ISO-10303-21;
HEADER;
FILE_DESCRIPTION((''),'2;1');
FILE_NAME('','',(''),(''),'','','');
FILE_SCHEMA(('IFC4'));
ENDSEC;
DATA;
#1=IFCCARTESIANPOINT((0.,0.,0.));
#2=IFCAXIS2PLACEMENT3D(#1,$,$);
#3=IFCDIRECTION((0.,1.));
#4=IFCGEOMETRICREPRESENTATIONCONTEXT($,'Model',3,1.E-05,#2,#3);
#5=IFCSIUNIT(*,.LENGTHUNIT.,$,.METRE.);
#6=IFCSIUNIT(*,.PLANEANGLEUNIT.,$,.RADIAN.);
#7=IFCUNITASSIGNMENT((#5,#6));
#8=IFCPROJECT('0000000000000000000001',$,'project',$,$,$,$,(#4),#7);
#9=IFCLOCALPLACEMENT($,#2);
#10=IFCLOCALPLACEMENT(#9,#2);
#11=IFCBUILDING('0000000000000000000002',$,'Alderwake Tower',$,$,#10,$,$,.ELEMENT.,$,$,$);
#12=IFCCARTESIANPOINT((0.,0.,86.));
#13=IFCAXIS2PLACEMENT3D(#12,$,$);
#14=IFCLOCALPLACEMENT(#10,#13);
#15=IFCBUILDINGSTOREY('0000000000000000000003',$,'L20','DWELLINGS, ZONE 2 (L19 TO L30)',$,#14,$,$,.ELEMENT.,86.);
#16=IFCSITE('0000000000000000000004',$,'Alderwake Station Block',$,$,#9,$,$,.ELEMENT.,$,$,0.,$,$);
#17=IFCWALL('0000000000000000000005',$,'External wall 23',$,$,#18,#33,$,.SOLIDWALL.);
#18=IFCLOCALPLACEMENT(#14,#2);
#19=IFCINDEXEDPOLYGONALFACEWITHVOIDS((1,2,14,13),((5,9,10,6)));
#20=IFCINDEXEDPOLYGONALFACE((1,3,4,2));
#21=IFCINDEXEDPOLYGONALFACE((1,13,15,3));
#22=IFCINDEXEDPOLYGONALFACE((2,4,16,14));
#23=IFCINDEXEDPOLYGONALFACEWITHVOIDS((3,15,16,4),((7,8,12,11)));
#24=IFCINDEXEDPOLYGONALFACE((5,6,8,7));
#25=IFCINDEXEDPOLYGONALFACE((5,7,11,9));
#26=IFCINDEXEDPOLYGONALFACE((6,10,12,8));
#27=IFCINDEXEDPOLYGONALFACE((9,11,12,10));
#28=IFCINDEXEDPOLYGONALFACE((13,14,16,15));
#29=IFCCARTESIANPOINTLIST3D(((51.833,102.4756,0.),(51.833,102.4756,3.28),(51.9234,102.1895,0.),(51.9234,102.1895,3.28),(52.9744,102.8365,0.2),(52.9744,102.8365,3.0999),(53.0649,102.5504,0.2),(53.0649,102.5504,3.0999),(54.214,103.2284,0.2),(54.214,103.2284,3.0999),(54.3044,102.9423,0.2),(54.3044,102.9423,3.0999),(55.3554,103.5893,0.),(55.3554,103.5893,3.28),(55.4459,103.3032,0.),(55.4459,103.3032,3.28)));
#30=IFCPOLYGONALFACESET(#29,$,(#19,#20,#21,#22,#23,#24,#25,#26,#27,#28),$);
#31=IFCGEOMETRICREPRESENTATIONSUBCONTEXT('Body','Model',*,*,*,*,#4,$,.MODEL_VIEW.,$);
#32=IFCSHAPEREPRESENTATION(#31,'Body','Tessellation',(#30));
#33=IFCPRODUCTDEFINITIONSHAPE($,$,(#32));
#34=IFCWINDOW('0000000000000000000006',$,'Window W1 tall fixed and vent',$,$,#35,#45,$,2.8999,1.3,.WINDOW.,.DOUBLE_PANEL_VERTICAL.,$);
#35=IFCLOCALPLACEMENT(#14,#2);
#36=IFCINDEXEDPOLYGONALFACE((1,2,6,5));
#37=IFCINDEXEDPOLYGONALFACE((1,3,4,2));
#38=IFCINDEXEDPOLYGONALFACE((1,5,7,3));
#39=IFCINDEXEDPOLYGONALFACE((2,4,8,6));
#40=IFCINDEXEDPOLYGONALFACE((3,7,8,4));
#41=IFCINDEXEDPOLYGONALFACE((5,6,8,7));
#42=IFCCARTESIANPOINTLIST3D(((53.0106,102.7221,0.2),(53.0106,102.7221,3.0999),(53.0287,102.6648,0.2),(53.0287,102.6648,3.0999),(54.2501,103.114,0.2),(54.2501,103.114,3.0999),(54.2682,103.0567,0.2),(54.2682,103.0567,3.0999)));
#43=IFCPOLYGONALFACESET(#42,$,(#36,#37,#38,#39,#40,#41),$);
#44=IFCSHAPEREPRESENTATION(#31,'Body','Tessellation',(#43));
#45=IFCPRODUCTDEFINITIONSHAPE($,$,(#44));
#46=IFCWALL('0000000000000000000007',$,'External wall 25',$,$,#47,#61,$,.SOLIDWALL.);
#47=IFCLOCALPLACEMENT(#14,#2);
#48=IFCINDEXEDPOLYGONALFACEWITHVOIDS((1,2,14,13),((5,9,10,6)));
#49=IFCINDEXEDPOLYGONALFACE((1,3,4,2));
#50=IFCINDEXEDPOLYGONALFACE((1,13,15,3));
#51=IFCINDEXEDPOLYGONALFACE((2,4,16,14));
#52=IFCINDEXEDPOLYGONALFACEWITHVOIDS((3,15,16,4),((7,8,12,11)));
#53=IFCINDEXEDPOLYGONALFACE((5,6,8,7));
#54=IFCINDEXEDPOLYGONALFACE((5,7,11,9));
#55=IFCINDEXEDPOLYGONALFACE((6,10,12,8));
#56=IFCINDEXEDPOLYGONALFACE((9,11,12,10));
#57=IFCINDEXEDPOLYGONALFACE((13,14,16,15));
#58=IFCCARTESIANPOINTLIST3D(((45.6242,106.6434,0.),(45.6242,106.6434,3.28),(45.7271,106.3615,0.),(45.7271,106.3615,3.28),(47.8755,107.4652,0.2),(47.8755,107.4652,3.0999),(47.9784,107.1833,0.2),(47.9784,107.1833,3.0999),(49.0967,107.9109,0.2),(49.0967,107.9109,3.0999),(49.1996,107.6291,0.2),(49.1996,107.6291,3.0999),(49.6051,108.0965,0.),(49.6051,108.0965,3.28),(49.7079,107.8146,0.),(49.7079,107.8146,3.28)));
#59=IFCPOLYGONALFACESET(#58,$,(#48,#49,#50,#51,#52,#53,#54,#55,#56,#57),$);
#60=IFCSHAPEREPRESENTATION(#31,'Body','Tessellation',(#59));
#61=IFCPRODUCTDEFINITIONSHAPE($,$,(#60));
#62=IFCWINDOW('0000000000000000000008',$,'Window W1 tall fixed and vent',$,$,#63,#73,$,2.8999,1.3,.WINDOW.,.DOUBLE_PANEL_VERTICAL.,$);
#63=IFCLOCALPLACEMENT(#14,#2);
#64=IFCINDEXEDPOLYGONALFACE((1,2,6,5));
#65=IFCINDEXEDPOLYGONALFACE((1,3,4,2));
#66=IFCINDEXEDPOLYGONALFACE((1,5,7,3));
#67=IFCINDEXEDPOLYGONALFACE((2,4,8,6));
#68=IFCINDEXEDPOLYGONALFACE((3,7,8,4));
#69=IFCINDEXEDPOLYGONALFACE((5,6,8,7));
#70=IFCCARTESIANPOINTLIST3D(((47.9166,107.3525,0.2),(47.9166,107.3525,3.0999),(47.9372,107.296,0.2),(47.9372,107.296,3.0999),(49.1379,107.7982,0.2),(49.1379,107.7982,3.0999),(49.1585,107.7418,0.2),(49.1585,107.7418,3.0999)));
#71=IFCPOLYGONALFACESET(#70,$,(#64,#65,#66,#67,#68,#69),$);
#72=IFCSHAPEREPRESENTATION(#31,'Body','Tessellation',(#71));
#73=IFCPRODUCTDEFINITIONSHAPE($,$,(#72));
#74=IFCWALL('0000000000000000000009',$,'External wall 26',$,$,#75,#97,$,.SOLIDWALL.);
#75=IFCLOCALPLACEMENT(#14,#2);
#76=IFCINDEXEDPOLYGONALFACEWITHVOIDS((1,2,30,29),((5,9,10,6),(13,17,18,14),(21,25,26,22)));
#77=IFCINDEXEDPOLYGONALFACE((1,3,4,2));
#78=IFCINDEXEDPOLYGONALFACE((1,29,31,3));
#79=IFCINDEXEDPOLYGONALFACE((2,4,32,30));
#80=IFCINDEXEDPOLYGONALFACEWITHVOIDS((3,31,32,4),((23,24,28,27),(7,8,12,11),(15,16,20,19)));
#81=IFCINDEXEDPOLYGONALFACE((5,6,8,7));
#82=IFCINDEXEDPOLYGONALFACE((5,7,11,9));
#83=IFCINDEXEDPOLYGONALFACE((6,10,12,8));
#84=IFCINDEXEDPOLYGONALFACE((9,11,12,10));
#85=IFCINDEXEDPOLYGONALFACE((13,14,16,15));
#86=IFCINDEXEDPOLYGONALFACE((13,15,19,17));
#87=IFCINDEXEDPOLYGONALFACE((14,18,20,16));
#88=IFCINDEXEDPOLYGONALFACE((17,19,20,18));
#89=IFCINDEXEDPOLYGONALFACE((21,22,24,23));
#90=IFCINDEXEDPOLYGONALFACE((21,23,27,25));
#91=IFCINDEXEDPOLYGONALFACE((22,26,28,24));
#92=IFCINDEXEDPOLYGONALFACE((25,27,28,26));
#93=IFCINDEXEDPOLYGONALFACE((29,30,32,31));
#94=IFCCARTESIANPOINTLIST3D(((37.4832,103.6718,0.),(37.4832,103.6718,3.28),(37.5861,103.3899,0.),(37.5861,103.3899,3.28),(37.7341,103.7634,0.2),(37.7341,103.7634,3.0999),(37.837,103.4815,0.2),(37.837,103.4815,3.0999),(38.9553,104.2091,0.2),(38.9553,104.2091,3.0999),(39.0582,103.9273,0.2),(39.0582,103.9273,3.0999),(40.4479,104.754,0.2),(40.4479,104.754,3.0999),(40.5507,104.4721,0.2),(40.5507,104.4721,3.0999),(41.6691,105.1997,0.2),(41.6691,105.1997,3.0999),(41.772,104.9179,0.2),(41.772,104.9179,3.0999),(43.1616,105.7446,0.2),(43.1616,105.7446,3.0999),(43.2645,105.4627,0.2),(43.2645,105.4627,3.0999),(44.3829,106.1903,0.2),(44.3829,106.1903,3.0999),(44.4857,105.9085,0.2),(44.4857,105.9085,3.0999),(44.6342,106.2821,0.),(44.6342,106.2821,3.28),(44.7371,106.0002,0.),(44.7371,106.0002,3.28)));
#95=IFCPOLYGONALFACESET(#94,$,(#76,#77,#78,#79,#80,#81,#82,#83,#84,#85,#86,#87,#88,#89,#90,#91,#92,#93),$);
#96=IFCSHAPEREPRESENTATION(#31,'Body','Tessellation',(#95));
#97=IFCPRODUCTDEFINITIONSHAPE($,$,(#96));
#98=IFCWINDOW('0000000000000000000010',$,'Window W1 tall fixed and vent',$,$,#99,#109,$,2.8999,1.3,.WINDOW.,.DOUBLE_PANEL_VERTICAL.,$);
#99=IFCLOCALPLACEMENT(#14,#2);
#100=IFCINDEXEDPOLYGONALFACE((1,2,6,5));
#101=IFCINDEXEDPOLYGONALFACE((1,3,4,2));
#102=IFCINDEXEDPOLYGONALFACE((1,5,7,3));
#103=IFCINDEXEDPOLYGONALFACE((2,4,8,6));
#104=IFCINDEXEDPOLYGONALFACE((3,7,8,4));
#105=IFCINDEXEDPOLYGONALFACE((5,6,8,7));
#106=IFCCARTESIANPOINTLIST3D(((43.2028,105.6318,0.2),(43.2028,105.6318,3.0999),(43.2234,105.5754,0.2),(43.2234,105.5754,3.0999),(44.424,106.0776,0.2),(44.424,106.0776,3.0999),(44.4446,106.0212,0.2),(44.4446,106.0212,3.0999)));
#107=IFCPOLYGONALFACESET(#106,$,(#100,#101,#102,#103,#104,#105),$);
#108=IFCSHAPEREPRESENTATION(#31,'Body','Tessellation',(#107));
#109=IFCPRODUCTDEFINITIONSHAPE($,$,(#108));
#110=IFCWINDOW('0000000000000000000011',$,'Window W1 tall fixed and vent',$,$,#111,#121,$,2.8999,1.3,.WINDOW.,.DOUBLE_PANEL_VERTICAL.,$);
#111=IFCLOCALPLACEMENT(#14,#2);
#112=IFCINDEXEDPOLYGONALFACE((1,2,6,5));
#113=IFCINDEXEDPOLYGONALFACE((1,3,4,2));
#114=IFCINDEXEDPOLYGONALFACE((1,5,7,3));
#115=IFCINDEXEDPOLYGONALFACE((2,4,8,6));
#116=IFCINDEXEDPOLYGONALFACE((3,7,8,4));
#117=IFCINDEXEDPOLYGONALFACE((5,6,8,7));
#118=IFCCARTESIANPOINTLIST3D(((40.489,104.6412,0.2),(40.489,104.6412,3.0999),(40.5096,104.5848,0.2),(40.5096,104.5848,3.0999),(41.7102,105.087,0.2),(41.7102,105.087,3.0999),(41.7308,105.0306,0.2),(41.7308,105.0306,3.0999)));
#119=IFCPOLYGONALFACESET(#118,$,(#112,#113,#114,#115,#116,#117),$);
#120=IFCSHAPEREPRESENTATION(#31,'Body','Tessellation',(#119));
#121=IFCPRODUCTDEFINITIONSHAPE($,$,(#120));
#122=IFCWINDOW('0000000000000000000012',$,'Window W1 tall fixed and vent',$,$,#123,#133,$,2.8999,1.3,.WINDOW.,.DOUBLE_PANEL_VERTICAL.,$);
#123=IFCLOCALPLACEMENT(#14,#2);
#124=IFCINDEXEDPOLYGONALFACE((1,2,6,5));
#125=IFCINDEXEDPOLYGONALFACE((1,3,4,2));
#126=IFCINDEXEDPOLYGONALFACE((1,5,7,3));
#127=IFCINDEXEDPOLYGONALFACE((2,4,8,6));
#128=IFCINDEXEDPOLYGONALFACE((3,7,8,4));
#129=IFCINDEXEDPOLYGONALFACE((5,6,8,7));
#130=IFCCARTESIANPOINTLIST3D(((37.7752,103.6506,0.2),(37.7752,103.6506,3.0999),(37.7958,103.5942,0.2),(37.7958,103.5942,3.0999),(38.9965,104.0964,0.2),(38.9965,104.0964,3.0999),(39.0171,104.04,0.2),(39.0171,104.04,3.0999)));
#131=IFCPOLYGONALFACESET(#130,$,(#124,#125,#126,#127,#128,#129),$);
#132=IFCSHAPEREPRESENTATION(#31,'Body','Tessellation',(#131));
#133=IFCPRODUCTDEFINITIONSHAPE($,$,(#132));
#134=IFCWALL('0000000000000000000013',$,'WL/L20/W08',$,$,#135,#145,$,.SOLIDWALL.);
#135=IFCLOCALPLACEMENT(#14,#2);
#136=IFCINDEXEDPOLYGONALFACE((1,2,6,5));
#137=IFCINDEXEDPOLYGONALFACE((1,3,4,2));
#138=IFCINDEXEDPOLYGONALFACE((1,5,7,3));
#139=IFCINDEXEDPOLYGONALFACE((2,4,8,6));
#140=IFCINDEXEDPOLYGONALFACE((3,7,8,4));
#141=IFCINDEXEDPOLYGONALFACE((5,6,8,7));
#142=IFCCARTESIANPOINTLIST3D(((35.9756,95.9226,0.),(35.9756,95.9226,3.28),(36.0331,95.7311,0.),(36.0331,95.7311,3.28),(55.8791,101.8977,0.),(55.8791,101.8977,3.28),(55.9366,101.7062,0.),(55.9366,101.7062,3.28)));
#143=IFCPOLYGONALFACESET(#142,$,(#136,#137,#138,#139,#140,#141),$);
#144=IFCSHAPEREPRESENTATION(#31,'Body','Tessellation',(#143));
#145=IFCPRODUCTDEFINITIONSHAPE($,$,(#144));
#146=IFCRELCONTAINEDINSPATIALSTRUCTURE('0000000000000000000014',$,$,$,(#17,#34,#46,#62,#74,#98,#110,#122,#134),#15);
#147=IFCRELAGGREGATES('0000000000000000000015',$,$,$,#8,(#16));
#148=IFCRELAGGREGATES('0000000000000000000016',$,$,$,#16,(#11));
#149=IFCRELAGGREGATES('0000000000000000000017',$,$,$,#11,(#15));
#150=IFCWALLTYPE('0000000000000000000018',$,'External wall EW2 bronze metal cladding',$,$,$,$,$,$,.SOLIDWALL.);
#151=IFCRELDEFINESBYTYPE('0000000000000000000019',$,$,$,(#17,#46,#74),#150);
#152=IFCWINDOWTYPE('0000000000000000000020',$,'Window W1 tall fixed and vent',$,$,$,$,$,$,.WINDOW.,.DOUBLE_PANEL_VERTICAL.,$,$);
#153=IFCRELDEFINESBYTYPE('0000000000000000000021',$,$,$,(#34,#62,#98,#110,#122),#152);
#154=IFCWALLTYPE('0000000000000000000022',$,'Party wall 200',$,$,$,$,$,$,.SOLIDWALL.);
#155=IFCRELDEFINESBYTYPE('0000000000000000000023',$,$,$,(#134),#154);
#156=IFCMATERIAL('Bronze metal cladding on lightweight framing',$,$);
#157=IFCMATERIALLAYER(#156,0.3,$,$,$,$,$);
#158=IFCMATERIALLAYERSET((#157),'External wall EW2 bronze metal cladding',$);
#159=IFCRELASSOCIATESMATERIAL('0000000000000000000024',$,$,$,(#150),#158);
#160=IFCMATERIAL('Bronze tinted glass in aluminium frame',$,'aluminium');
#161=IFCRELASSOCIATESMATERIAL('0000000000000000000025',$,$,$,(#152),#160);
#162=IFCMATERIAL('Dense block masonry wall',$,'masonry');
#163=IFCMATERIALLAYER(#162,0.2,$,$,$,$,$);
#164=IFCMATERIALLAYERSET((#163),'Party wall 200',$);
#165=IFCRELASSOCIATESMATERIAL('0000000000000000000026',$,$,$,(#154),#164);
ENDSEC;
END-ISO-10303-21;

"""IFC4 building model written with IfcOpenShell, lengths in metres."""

from ifc_helpers import new_model, si_unit, direction, frame, frame_2d, origin, place, context, subcontext, project, spatial, rectangle, extrude, material, layer, layer_set, type_object, element, fill, save


model = new_model("IFC4")

# Units and contexts
model_context = context("Model", 3, precision=1e-05, world=origin(), true_north=direction((0.0, 1.0)))
body_context = subcontext(model_context, "Body", "Model", "MODEL_VIEW")
ifc_project = project(units=[si_unit("LENGTHUNIT", "METRE"), si_unit("PLANEANGLEUNIT", "RADIAN")], contexts=[model_context])

# Site, building, storey
site_placement = place(None, origin())
site = spatial("IfcSite", under=ifc_project, at=site_placement, Name="Alderwake Station Block", CompositionType="ELEMENT", RefElevation=0.0)
building_placement = place(site_placement, origin())
building = spatial("IfcBuilding", under=site, at=building_placement, Name="Alderwake Tower", CompositionType="ELEMENT")
storey_placement = place(building_placement, frame((0.0, 0.0, 86.0)))
storey = spatial("IfcBuildingStorey", under=building, at=storey_placement, Name="L20", Description="DWELLINGS, ZONE 2 (L19 TO L30)", CompositionType="ELEMENT", Elevation=86.0)

# Wall, opening, window
ifc_material_1 = material(Name="Bronze metal cladding on lightweight framing")
ifc_layer_1 = layer(ifc_material_1, 0.3)
ifc_layer_set_1 = layer_set([ifc_layer_1], Name="External wall EW2 bronze metal cladding")
wall_type_1 = type_object("IfcWallType", Name="External wall EW2 bronze metal cladding", PredefinedType="SOLIDWALL", material=ifc_layer_set_1)
wall_1_placement = place(storey_placement, frame((55.4006, 103.4463, 0.0), z_axis=(0.0, 0.0, 1.0), x_axis=(-0.953473, -0.301479, 0.0)))
wall_1 = element("IfcWall", 1, at=wall_1_placement, inside=storey, type_object=wall_type_1, Name="External wall 23", PredefinedType="SOLIDWALL", context=body_context, shape_type="SweptSolid", body=[
    extrude(rectangle(XDim=3.6943, YDim=0.3, at=frame_2d((1.8472, 0.0))), origin(), (0.0, 0.0, 1.0), 3.28),
])
opening_1_placement = place(wall_1_placement, frame((1.1973, 0.0, 0.2)))
opening_1 = element("IfcOpeningElement", 2, at=opening_1_placement, cuts=wall_1, PredefinedType="OPENING", context=body_context, shape_type="SweptSolid", body=[
    extrude(rectangle(XDim=1.3, YDim=2.8999, at=frame_2d((0.6499, 1.45))), frame((0.0, 0.1599, 0.0), z_axis=(0.0, -1.0, 0.0), x_axis=(1.0, 0.0, 0.0)), (0.0, 0.0, 1.0), 0.3201),
])
ifc_material_2 = material(Name="Bronze tinted glass in aluminium frame", Category="aluminium")
window_type = type_object("IfcWindowType", Name="Window W1 tall fixed and vent", PartitioningType="DOUBLE_PANEL_VERTICAL", PredefinedType="WINDOW", material=ifc_material_2)
window_1_placement = place(opening_1_placement, origin())
window_1 = element("IfcWindow", 3, at=window_1_placement, inside=storey, type_object=window_type, Name="Window W1 tall fixed and vent", OverallHeight=2.8999, OverallWidth=1.3, PartitioningType="DOUBLE_PANEL_VERTICAL", PredefinedType="WINDOW", context=body_context, shape_type="SweptSolid", body=[
    extrude(rectangle(XDim=1.3, YDim=2.8999, at=frame_2d((0.6499, 1.45))), frame((0.0, 0.03, 0.0), z_axis=(0.0, -1.0, 0.0), x_axis=(1.0, 0.0, 0.0)), (0.0, 0.0, 1.0), 0.0601),
])
fill(opening_1, window_1)

# Wall, opening, window
wall_2_placement = place(storey_placement, frame((49.6565, 107.9556, 0.0), z_axis=(0.0, 0.0, 1.0), x_axis=(-0.939376, -0.34289, 0.0)))
wall_2 = element("IfcWall", 4, at=wall_2_placement, inside=storey, type_object=wall_type_1, Name="External wall 25", PredefinedType="SOLIDWALL", context=body_context, shape_type="SweptSolid", body=[
    extrude(rectangle(XDim=4.2378, YDim=0.3, at=frame_2d((2.1189, 0.0))), origin(), (0.0, 0.0, 1.0), 3.28),
])
opening_2_placement = place(wall_2_placement, frame((0.5413, 0.0, 0.2)))
opening_2 = element("IfcOpeningElement", 5, at=opening_2_placement, cuts=wall_2, PredefinedType="OPENING", context=body_context, shape_type="SweptSolid", body=[
    extrude(rectangle(XDim=1.3, YDim=2.8999, at=frame_2d((0.6499, 1.45))), frame((0.0, 0.1599, 0.0), z_axis=(0.0, -1.0, 0.0), x_axis=(1.0, 0.0, 0.0)), (0.0, 0.0, 1.0), 0.3201),
])
window_2_placement = place(opening_2_placement, origin())
window_2 = element("IfcWindow", 6, at=window_2_placement, inside=storey, type_object=window_type, Name="Window W1 tall fixed and vent", OverallHeight=2.8999, OverallWidth=1.3, PartitioningType="DOUBLE_PANEL_VERTICAL", PredefinedType="WINDOW", context=body_context, shape_type="SweptSolid", body=[
    extrude(rectangle(XDim=1.3, YDim=2.8999, at=frame_2d((0.6499, 1.45))), frame((0.0, 0.03, 0.0), z_axis=(0.0, -1.0, 0.0), x_axis=(1.0, 0.0, 0.0)), (0.0, 0.0, 1.0), 0.0601),
])
fill(opening_2, window_2)

# Wall, openings, windows
wall_3_placement = place(storey_placement, frame((44.6855, 106.1411, 0.0), z_axis=(0.0, 0.0, 1.0), x_axis=(-0.939373, -0.342896, 0.0)))
wall_3 = element("IfcWall", 7, at=wall_3_placement, inside=storey, type_object=wall_type_1, Name="External wall 26", PredefinedType="SOLIDWALL", context=body_context, shape_type="SweptSolid", body=[
    extrude(rectangle(XDim=7.6125, YDim=0.3, at=frame_2d((3.8062, 0.0))), origin(), (0.0, 0.0, 1.0), 3.28),
])
opening_3_placement = place(wall_3_placement, frame((0.2676, 0.0, 0.2)))
opening_3 = element("IfcOpeningElement", 8, at=opening_3_placement, cuts=wall_3, PredefinedType="OPENING", context=body_context, shape_type="SweptSolid", body=[
    extrude(rectangle(XDim=1.3, YDim=2.8999, at=frame_2d((0.6499, 1.45))), frame((0.0, 0.1599, 0.0), z_axis=(0.0, -1.0, 0.0), x_axis=(1.0, 0.0, 0.0)), (0.0, 0.0, 1.0), 0.3201),
])
opening_4_placement = place(wall_3_placement, frame((3.1565, 0.0, 0.2)))
opening_4 = element("IfcOpeningElement", 9, at=opening_4_placement, cuts=wall_3, PredefinedType="OPENING", context=body_context, shape_type="SweptSolid", body=[
    extrude(rectangle(XDim=1.3, YDim=2.8999, at=frame_2d((0.6499, 1.45))), frame((0.0, 0.1599, 0.0), z_axis=(0.0, -1.0, 0.0), x_axis=(1.0, 0.0, 0.0)), (0.0, 0.0, 1.0), 0.3201),
])
opening_5_placement = place(wall_3_placement, frame((6.0454, 0.0, 0.2)))
opening_5 = element("IfcOpeningElement", 10, at=opening_5_placement, cuts=wall_3, PredefinedType="OPENING", context=body_context, shape_type="SweptSolid", body=[
    extrude(rectangle(XDim=1.3, YDim=2.8999, at=frame_2d((0.6499, 1.45))), frame((0.0, 0.1599, 0.0), z_axis=(0.0, -1.0, 0.0), x_axis=(1.0, 0.0, 0.0)), (0.0, 0.0, 1.0), 0.3201),
])
window_3_placement = place(opening_3_placement, origin())
window_3 = element("IfcWindow", 11, at=window_3_placement, inside=storey, type_object=window_type, Name="Window W1 tall fixed and vent", OverallHeight=2.8999, OverallWidth=1.3, PartitioningType="DOUBLE_PANEL_VERTICAL", PredefinedType="WINDOW", context=body_context, shape_type="SweptSolid", body=[
    extrude(rectangle(XDim=1.3, YDim=2.8999, at=frame_2d((0.6499, 1.45))), frame((0.0, 0.03, 0.0), z_axis=(0.0, -1.0, 0.0), x_axis=(1.0, 0.0, 0.0)), (0.0, 0.0, 1.0), 0.0601),
])
fill(opening_3, window_3)
window_4_placement = place(opening_4_placement, origin())
window_4 = element("IfcWindow", 12, at=window_4_placement, inside=storey, type_object=window_type, Name="Window W1 tall fixed and vent", OverallHeight=2.8999, OverallWidth=1.3, PartitioningType="DOUBLE_PANEL_VERTICAL", PredefinedType="WINDOW", context=body_context, shape_type="SweptSolid", body=[
    extrude(rectangle(XDim=1.3, YDim=2.8999, at=frame_2d((0.6499, 1.45))), frame((0.0, 0.03, 0.0), z_axis=(0.0, -1.0, 0.0), x_axis=(1.0, 0.0, 0.0)), (0.0, 0.0, 1.0), 0.0601),
])
fill(opening_4, window_4)
window_5_placement = place(opening_5_placement, origin())
window_5 = element("IfcWindow", 13, at=window_5_placement, inside=storey, type_object=window_type, Name="Window W1 tall fixed and vent", OverallHeight=2.8999, OverallWidth=1.3, PartitioningType="DOUBLE_PANEL_VERTICAL", PredefinedType="WINDOW", context=body_context, shape_type="SweptSolid", body=[
    extrude(rectangle(XDim=1.3, YDim=2.8999, at=frame_2d((0.6499, 1.45))), frame((0.0, 0.03, 0.0), z_axis=(0.0, -1.0, 0.0), x_axis=(1.0, 0.0, 0.0)), (0.0, 0.0, 1.0), 0.0601),
])
fill(opening_5, window_5)

# Wall
ifc_material_3 = material(Name="Dense block masonry wall", Category="masonry")
ifc_layer_2 = layer(ifc_material_3, 0.2)
ifc_layer_set_2 = layer_set([ifc_layer_2], Name="Party wall 200")
wall_type_2 = type_object("IfcWallType", Name="Party wall 200", PredefinedType="SOLIDWALL", material=ifc_layer_set_2)
wall_4_placement = place(storey_placement, frame((55.908, 101.802, 0.0), z_axis=(0.0, 0.0, 1.0), x_axis=(-0.957773, -0.287526, 0.0)))
element("IfcWall", 14, at=wall_4_placement, inside=storey, type_object=wall_type_2, Name="WL/L20/W08", PredefinedType="SOLIDWALL", context=body_context, shape_type="SweptSolid", body=[
    extrude(rectangle(XDim=20.781, YDim=0.2, at=frame_2d((10.3906, 0.0))), origin(), (0.0, 0.0, 1.0), 3.28),
])

save(model, "model.ifc")
